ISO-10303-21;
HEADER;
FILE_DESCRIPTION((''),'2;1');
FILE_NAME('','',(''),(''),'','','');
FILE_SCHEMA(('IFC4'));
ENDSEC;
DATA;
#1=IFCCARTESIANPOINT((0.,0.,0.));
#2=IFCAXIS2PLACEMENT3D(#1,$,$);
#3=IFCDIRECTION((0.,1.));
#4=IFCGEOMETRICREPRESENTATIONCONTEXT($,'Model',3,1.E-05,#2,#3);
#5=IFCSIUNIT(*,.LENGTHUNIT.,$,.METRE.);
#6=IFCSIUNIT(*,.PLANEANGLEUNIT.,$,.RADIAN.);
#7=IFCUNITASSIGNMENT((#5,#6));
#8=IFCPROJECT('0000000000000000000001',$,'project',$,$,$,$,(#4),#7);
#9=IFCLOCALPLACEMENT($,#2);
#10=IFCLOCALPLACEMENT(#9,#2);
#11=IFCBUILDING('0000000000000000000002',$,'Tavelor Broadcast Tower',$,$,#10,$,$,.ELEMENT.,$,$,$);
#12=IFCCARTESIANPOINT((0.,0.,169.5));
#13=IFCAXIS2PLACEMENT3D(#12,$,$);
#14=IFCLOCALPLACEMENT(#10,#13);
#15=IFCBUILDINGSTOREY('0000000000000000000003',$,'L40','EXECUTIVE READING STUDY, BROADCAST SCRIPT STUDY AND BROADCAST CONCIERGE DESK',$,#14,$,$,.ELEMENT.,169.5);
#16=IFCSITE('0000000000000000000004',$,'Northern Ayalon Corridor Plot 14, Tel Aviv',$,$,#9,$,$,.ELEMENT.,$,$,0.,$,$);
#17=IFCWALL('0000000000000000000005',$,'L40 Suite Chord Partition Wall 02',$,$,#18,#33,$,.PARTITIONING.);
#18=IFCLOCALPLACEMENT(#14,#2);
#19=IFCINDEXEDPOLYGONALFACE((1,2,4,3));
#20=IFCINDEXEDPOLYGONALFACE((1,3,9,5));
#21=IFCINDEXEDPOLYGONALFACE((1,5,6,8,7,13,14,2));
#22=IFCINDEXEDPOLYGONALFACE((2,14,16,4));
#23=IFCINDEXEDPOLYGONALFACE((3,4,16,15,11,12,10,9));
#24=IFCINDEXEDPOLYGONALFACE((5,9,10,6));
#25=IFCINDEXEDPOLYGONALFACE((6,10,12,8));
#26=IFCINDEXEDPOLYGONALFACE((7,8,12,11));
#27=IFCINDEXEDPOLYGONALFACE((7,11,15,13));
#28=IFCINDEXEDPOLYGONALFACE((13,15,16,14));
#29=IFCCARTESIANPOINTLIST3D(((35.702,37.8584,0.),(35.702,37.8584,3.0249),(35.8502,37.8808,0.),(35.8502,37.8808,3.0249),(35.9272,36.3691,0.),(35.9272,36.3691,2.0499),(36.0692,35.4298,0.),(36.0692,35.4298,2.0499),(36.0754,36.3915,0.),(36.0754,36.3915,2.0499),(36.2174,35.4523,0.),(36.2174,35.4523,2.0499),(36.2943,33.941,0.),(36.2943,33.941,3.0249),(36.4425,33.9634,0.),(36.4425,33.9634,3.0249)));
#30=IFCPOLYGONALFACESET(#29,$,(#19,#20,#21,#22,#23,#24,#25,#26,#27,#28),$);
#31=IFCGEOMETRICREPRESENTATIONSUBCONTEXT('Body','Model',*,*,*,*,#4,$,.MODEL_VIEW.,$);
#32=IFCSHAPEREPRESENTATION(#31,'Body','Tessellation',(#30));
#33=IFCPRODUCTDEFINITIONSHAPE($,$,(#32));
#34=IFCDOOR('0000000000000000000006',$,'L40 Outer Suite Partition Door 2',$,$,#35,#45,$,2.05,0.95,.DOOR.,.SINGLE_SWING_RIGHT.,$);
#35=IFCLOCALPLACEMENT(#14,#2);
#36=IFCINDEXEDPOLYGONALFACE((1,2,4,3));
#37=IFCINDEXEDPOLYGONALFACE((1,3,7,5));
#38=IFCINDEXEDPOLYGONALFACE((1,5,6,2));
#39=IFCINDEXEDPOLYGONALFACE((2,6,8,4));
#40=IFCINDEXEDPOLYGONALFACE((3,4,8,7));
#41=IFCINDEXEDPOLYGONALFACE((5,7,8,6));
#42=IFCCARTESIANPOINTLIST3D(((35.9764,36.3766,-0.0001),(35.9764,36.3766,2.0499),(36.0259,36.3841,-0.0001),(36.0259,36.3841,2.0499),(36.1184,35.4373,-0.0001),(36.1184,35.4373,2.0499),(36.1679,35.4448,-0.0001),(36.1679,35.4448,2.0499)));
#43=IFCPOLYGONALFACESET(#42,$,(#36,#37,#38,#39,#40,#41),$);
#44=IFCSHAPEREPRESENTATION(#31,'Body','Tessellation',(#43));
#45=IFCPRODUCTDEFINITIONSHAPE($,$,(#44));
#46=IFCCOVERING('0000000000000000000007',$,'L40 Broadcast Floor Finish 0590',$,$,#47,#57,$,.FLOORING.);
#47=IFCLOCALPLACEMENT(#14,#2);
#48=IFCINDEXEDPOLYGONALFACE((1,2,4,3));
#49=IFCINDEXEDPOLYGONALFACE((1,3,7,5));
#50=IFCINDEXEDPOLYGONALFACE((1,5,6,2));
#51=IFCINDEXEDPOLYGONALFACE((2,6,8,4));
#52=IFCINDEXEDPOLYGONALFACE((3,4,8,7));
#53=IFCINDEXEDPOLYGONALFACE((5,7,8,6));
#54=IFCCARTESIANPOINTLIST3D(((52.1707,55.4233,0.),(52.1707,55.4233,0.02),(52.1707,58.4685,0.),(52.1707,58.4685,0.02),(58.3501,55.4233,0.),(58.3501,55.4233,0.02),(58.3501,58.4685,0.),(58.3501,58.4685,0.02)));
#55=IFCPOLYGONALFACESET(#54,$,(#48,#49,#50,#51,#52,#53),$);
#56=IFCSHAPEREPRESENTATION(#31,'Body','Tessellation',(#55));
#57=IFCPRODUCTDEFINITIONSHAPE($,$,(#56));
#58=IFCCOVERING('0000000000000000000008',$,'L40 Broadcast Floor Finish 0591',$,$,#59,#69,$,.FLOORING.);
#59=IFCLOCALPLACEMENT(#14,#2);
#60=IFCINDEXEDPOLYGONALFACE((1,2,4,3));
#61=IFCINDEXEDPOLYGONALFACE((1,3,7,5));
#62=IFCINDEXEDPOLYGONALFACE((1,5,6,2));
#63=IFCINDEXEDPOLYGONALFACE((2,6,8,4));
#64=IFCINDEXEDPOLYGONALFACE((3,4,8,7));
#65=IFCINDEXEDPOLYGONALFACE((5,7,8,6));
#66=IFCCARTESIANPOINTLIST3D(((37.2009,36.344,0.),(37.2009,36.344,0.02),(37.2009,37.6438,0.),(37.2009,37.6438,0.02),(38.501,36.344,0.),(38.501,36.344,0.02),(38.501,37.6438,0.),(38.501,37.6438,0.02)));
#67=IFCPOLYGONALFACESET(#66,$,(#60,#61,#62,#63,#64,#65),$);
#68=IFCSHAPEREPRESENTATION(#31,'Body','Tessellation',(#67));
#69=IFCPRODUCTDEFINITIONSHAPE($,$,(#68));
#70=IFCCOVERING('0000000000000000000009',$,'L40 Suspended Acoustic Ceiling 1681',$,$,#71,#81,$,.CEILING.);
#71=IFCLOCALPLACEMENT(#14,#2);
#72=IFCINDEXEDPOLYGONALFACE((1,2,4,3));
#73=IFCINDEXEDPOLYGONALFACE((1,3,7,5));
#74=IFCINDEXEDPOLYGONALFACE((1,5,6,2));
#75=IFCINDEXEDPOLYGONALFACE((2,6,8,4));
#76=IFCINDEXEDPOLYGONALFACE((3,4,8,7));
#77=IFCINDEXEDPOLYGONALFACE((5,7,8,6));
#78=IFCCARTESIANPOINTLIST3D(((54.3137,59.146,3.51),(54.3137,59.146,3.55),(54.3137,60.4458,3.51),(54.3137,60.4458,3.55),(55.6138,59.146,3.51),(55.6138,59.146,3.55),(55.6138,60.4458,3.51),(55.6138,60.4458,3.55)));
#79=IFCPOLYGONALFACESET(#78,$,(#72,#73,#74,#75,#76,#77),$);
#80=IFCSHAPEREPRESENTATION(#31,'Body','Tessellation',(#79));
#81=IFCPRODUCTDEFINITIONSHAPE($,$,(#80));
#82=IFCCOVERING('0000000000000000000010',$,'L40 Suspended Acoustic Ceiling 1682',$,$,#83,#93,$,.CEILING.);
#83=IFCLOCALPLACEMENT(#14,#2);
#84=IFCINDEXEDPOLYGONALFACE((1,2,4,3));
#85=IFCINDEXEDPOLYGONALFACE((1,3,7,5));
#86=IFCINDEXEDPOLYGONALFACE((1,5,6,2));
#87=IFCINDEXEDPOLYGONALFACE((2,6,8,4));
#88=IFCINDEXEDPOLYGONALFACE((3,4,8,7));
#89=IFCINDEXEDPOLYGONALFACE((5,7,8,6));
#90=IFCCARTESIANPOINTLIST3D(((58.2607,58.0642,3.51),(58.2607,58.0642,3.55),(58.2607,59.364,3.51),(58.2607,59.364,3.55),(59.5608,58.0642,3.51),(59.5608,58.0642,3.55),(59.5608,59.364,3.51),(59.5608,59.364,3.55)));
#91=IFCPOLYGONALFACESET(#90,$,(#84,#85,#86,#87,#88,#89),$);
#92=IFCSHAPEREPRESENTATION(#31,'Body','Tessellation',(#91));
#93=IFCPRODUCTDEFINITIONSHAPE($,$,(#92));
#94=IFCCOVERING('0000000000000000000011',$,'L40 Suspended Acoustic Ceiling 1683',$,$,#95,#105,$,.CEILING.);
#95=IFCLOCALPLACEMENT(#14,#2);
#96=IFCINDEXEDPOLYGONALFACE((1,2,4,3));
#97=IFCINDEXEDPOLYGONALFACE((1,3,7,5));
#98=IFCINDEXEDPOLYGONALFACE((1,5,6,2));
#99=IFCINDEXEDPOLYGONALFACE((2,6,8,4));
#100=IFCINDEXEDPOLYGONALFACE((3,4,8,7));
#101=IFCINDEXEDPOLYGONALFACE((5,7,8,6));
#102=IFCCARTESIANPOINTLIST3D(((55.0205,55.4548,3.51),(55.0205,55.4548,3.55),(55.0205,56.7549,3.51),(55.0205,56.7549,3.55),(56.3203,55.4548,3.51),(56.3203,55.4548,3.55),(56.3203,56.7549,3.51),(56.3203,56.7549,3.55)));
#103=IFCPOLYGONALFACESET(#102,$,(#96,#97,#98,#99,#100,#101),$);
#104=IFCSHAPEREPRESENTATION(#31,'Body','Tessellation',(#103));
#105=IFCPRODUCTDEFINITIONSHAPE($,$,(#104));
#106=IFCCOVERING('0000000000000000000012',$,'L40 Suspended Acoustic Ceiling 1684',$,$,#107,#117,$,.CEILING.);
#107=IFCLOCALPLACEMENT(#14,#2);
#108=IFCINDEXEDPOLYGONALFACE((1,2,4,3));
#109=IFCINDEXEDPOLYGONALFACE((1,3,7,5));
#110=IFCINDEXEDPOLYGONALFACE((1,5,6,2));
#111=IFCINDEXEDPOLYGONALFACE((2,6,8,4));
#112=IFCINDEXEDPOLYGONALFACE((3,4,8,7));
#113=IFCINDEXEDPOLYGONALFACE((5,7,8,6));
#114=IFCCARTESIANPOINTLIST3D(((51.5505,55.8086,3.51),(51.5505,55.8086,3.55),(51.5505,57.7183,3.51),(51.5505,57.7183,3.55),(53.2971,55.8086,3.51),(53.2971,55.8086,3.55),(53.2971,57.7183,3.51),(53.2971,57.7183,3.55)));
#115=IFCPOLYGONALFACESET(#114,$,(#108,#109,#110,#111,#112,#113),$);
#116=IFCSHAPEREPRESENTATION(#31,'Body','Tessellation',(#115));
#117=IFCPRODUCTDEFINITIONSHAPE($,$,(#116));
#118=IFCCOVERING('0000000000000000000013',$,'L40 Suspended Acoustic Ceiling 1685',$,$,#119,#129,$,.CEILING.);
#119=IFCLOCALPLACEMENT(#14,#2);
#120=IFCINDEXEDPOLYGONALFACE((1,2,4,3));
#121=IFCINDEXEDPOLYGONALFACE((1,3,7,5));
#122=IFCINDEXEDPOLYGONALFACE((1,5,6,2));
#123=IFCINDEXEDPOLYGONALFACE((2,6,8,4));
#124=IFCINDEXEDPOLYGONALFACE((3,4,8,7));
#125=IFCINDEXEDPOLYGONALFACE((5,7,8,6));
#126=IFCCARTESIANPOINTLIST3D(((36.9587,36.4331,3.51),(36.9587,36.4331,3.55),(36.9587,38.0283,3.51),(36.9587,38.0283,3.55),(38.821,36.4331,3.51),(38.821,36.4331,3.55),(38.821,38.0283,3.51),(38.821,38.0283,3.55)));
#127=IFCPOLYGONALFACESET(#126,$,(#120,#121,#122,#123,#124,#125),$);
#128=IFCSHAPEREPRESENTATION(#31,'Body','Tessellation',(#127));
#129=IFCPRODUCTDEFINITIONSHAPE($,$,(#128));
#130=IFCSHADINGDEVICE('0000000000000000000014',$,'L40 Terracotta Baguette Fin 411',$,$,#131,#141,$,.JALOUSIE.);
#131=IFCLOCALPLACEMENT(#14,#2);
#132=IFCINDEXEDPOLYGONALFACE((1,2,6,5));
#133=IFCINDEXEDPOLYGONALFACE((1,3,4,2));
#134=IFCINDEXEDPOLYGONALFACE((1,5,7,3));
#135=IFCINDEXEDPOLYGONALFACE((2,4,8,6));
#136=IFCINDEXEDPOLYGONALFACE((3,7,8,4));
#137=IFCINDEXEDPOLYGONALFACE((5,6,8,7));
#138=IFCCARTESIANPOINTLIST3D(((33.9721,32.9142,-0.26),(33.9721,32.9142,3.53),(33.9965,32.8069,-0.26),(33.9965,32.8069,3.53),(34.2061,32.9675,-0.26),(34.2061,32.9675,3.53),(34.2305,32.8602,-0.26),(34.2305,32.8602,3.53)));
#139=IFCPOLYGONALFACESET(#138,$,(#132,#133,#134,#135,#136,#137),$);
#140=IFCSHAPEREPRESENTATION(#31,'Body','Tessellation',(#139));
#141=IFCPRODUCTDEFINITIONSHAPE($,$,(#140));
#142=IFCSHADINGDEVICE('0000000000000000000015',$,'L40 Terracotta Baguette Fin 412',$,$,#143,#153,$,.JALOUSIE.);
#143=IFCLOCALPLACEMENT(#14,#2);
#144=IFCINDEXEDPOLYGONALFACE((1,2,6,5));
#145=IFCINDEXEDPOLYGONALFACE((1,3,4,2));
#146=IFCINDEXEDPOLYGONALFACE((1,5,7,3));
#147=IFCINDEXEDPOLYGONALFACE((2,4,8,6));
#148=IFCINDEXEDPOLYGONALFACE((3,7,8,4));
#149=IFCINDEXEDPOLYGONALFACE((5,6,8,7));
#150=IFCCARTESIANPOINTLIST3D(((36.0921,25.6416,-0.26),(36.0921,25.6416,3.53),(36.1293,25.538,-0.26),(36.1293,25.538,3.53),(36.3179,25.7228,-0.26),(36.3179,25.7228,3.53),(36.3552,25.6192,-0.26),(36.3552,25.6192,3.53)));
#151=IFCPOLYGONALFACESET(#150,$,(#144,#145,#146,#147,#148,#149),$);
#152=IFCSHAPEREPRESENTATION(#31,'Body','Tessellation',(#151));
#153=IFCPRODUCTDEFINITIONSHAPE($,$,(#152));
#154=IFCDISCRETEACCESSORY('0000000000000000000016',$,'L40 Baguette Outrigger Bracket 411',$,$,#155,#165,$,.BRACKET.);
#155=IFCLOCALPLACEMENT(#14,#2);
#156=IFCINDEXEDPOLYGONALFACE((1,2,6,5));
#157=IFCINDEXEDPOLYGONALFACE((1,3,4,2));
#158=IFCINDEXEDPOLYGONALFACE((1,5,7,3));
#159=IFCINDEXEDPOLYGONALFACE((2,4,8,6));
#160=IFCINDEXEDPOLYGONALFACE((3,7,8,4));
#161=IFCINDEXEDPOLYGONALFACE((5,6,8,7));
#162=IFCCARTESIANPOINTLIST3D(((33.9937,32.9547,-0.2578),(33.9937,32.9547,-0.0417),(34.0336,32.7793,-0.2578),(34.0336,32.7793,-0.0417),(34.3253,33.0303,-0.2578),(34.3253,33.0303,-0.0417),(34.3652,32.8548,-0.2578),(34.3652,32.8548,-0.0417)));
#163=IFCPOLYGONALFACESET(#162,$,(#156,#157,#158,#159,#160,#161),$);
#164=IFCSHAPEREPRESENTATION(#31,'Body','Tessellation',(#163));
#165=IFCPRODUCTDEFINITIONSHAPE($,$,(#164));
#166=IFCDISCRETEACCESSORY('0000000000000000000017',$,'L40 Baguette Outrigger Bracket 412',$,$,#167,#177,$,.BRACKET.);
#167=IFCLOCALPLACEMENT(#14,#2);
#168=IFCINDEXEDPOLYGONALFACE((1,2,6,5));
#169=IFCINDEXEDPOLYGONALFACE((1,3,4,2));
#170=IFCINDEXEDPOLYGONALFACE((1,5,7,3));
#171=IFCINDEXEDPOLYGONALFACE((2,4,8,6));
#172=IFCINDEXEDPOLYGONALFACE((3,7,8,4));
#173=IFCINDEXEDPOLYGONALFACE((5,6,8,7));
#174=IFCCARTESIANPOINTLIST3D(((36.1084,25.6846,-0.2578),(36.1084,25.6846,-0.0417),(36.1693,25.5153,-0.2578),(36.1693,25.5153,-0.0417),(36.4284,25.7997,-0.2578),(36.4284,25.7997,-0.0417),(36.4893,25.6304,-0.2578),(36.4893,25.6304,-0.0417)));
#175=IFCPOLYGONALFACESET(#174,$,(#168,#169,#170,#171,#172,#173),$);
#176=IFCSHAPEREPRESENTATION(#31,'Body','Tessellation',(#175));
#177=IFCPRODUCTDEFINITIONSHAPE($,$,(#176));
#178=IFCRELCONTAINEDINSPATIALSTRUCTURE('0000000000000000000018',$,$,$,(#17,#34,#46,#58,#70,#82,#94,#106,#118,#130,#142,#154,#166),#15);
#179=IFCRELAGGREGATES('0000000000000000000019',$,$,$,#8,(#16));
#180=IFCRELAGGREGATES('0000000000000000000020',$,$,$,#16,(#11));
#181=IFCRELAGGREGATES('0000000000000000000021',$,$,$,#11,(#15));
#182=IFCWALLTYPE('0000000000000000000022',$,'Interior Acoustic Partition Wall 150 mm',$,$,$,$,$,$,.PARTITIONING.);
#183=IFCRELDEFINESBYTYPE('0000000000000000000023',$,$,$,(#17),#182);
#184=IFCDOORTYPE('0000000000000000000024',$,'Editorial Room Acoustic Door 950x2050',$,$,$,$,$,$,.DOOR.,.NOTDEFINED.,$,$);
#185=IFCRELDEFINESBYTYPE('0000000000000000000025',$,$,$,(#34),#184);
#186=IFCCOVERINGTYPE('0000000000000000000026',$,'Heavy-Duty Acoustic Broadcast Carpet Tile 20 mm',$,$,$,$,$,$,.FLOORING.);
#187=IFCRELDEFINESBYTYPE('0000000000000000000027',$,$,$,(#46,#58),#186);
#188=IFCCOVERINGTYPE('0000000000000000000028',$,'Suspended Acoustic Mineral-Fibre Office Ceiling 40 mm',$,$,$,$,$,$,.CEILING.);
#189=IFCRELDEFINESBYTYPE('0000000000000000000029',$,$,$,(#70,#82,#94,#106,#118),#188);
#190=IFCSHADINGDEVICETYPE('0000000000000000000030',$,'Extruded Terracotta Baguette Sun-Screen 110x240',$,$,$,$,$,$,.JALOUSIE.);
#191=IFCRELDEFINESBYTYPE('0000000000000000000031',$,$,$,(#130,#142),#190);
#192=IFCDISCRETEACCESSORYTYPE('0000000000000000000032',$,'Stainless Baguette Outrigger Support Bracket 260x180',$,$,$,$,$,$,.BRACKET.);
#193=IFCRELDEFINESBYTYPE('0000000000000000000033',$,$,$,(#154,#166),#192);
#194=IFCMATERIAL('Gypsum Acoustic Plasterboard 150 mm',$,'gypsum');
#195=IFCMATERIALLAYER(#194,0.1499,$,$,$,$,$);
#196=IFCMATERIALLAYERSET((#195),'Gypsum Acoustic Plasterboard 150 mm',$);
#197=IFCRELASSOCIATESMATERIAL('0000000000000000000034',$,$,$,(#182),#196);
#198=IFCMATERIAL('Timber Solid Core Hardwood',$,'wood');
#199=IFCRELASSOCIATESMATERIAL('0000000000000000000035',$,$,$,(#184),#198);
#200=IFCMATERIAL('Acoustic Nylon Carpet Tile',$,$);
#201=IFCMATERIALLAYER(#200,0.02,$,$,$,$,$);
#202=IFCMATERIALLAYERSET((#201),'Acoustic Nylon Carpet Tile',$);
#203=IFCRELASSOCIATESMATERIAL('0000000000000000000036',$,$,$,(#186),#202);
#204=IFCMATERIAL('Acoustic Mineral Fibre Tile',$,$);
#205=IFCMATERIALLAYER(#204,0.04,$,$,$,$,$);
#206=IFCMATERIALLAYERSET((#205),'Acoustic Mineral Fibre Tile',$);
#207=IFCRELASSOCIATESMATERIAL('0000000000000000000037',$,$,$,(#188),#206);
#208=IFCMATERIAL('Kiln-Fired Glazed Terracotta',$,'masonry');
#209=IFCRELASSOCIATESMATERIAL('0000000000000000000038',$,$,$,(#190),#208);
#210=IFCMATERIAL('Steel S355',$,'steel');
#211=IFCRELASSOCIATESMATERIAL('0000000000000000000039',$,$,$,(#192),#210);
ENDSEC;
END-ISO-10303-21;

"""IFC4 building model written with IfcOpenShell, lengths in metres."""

from ifc_helpers import new_model, si_unit, direction, frame, frame_2d, origin, origin_2d, place, context, subcontext, project, spatial, polyline, rectangle, outline, extrude, source, transform, mapped, material, layer, layer_set, type_object, type_shapes, element, fill, save


model = new_model("IFC4")

# Units and contexts
model_context = context("Model", 3, precision=1e-05, world=origin(), true_north=direction((0.0, 1.0)))
body_context = subcontext(model_context, "Body", "Model", "MODEL_VIEW")
ifc_project = project(units=[si_unit("LENGTHUNIT", "METRE"), si_unit("PLANEANGLEUNIT", "RADIAN")], contexts=[model_context])

# Site, building, storey
site_placement = place(None, origin())
site = spatial("IfcSite", under=ifc_project, at=site_placement, Name="Northern Ayalon Corridor Plot 14, Tel Aviv", CompositionType="ELEMENT", RefElevation=0.0)
building_placement = place(site_placement, origin())
building = spatial("IfcBuilding", under=site, at=building_placement, Name="Tavelor Broadcast Tower", CompositionType="ELEMENT")
storey_placement = place(building_placement, frame((0.0, 0.0, 169.5)))
storey = spatial("IfcBuildingStorey", under=building, at=storey_placement, Name="L40", Description="EXECUTIVE READING STUDY, BROADCAST SCRIPT STUDY AND BROADCAST CONCIERGE DESK", CompositionType="ELEMENT", Elevation=169.5)

# Wall, opening, door
ifc_material_1 = material(Name="Gypsum Acoustic Plasterboard 150 mm", Category="gypsum")
ifc_layer_1 = layer(ifc_material_1, 0.1499)
ifc_layer_set_1 = layer_set([ifc_layer_1], Name="Gypsum Acoustic Plasterboard 150 mm")
wall_type = type_object("IfcWallType", Name="Interior Acoustic Partition Wall 150 mm", PredefinedType="PARTITIONING", material=ifc_layer_set_1)
wall_placement = place(storey_placement, frame((35.7761, 37.8696, 0.0), z_axis=(0.0, 0.0, 1.0), x_axis=(0.149491, -0.988763, 0.0)))
wall = element("IfcWall", 1, at=wall_placement, inside=storey, type_object=wall_type, Name="L40 Suite Chord Partition Wall 02", PredefinedType="PARTITIONING", context=body_context, shape_type="SweptSolid", body=[
    extrude(rectangle(XDim=3.9619, YDim=0.1499, at=frame_2d((1.981, 0.0))), origin(), (0.0, 0.0, 1.0), 3.0249),
])
opening_placement = place(wall_placement, frame((1.5061, 0.0, 0.0)))
opening = element("IfcOpeningElement", 2, at=opening_placement, cuts=wall, PredefinedType="OPENING", context=body_context, shape_type="SweptSolid", body=[
    extrude(rectangle(XDim=0.95, YDim=2.05, at=frame_2d((0.4751, 1.0249))), frame((0.0, 0.085, 0.0), z_axis=(0.0, -1.0, 0.0), x_axis=(1.0, 0.0, 0.0)), (0.0, 0.0, 1.0), 0.1699),
])
ifc_material_2 = material(Name="Timber Solid Core Hardwood", Category="wood")
door_type = type_object("IfcDoorType", Name="Editorial Room Acoustic Door 950x2050", OperationType="NOTDEFINED", PredefinedType="DOOR", material=ifc_material_2)
door_placement = place(opening_placement, origin())
door = element("IfcDoor", 3, at=door_placement, inside=storey, type_object=door_type, Name="L40 Outer Suite Partition Door 2", OperationType="SINGLE_SWING_RIGHT", OverallHeight=2.05, OverallWidth=0.95, PredefinedType="DOOR", context=body_context, shape_type="SweptSolid", body=[
    extrude(rectangle(XDim=0.95, YDim=2.05, at=frame_2d((0.4751, 1.0249))), frame((0.0, 0.0249, 0.0), z_axis=(0.0, -1.0, 0.0), x_axis=(1.0, 0.0, 0.0)), (0.0, 0.0, 1.0), 0.05),
])
fill(opening, door)

# Coverings
ifc_material_3 = material(Name="Acoustic Nylon Carpet Tile")
ifc_layer_2 = layer(ifc_material_3, 0.02)
ifc_layer_set_2 = layer_set([ifc_layer_2], Name="Acoustic Nylon Carpet Tile")
covering_type_1 = type_object("IfcCoveringType", Name="Heavy-Duty Acoustic Broadcast Carpet Tile 20 mm", PredefinedType="FLOORING", material=ifc_layer_set_2)
covering_1_placement = place(storey_placement, origin())
element("IfcCovering", 4, at=covering_1_placement, inside=storey, type_object=covering_type_1, Name="L40 Broadcast Floor Finish 0590", PredefinedType="FLOORING", context=body_context, shape_type="SweptSolid", body=[
    extrude(outline(polyline([(52.1707, 55.4233), (58.3501, 55.4233), (58.3501, 58.4685), (52.1707, 58.4685), (52.1707, 55.4233)])), origin(), (0.0, 0.0, 1.0), 0.02),
])
covering_2_placement = place(storey_placement, origin())
element("IfcCovering", 5, at=covering_2_placement, inside=storey, type_object=covering_type_1, Name="L40 Broadcast Floor Finish 0591", PredefinedType="FLOORING", context=body_context, shape_type="SweptSolid", body=[
    extrude(outline(polyline([(37.2009, 36.344), (38.501, 36.344), (38.501, 37.6438), (37.2009, 37.6438), (37.2009, 36.344)])), origin(), (0.0, 0.0, 1.0), 0.02),
])
ifc_material_4 = material(Name="Acoustic Mineral Fibre Tile")
ifc_layer_3 = layer(ifc_material_4, 0.04)
ifc_layer_set_3 = layer_set([ifc_layer_3], Name="Acoustic Mineral Fibre Tile")
covering_type_2 = type_object("IfcCoveringType", Name="Suspended Acoustic Mineral-Fibre Office Ceiling 40 mm", PredefinedType="CEILING", material=ifc_layer_set_3)
covering_3_placement = place(storey_placement, frame((0.0, 0.0, 3.51)))
element("IfcCovering", 6, at=covering_3_placement, inside=storey, type_object=covering_type_2, Name="L40 Suspended Acoustic Ceiling 1681", PredefinedType="CEILING", context=body_context, shape_type="SweptSolid", body=[
    extrude(outline(polyline([(54.3137, 59.146), (55.6138, 59.146), (55.6138, 60.4458), (54.3137, 60.4458), (54.3137, 59.146)])), origin(), (0.0, 0.0, 1.0), 0.04),
])
covering_4_placement = place(storey_placement, frame((0.0, 0.0, 3.51)))
element("IfcCovering", 7, at=covering_4_placement, inside=storey, type_object=covering_type_2, Name="L40 Suspended Acoustic Ceiling 1682", PredefinedType="CEILING", context=body_context, shape_type="SweptSolid", body=[
    extrude(outline(polyline([(58.2607, 58.0642), (59.5608, 58.0642), (59.5608, 59.364), (58.2607, 59.364), (58.2607, 58.0642)])), origin(), (0.0, 0.0, 1.0), 0.04),
])
covering_5_placement = place(storey_placement, frame((0.0, 0.0, 3.51)))
element("IfcCovering", 8, at=covering_5_placement, inside=storey, type_object=covering_type_2, Name="L40 Suspended Acoustic Ceiling 1683", PredefinedType="CEILING", context=body_context, shape_type="SweptSolid", body=[
    extrude(outline(polyline([(55.0205, 55.4548), (56.3203, 55.4548), (56.3203, 56.7549), (55.0205, 56.7549), (55.0205, 55.4548)])), origin(), (0.0, 0.0, 1.0), 0.04),
])
covering_6_placement = place(storey_placement, frame((0.0, 0.0, 3.51)))
element("IfcCovering", 9, at=covering_6_placement, inside=storey, type_object=covering_type_2, Name="L40 Suspended Acoustic Ceiling 1684", PredefinedType="CEILING", context=body_context, shape_type="SweptSolid", body=[
    extrude(outline(polyline([(51.5505, 55.8086), (53.2971, 55.8086), (53.2971, 57.7183), (51.5505, 57.7183), (51.5505, 55.8086)])), origin(), (0.0, 0.0, 1.0), 0.04),
])
covering_7_placement = place(storey_placement, frame((0.0, 0.0, 3.51)))
element("IfcCovering", 10, at=covering_7_placement, inside=storey, type_object=covering_type_2, Name="L40 Suspended Acoustic Ceiling 1685", PredefinedType="CEILING", context=body_context, shape_type="SweptSolid", body=[
    extrude(outline(polyline([(36.9587, 36.4331), (38.821, 36.4331), (38.821, 38.0283), (36.9587, 38.0283), (36.9587, 36.4331)])), origin(), (0.0, 0.0, 1.0), 0.04),
])

# Shading devices
ifc_material_5 = material(Name="Kiln-Fired Glazed Terracotta", Category="masonry")
shading_device_type = type_object("IfcShadingDeviceType", Name="Extruded Terracotta Baguette Sun-Screen 110x240", PredefinedType="JALOUSIE", material=ifc_material_5)
shared_shape_1 = source(origin(), body_context, "Body", "SweptSolid", [
    extrude(rectangle(XDim=0.1101, YDim=0.24, at=origin_2d()), origin(), (0.0, 0.0, 1.0), 3.79),
])
type_shapes(shading_device_type, [shared_shape_1])
for number, where, z_axis, x_axis, name in (
    (11, (34.1013, 32.8872, -0.26), (0.0, 0.0, 1.0), (0.222059, -0.975033, 0.0), "L40 Terracotta Baguette Fin 411"),
    (12, (36.2236, 25.6304, -0.26), (0.0, 0.0, 1.0), (0.338409, -0.940999, 0.0), "L40 Terracotta Baguette Fin 412"),
):
    element("IfcShadingDevice", number, at=place(storey_placement, frame(where, z_axis=z_axis, x_axis=x_axis)), inside=storey, type_object=shading_device_type, Name=name, PredefinedType="JALOUSIE", context=body_context, shape_type="MappedRepresentation", body=[
        mapped(shared_shape_1, transform((0.0, 0.0, 0.0), scale=1.0)),
    ])

# Discrete accessories
ifc_material_6 = material(Name="Steel S355", Category="steel")
discrete_accessory_type = type_object("IfcDiscreteAccessoryType", Name="Stainless Baguette Outrigger Support Bracket 260x180", PredefinedType="BRACKET", material=ifc_material_6)
shared_shape_2 = source(origin(), body_context, "Body", "SweptSolid", [
    extrude(rectangle(XDim=0.1799, YDim=0.3401, at=origin_2d()), origin(), (0.0, 0.0, 1.0), 0.2161),
])
type_shapes(discrete_accessory_type, [shared_shape_2])
for number, where, z_axis, x_axis, name in (
    (13, (34.1794, 32.9048, -0.2578), (0.0, 0.0, 1.0), (0.222059, -0.975033, 0.0), "L40 Baguette Outrigger Bracket 411"),
    (14, (36.2988, 25.6575, -0.2578), (0.0, 0.0, 1.0), (0.338409, -0.940999, 0.0), "L40 Baguette Outrigger Bracket 412"),
):
    element("IfcDiscreteAccessory", number, at=place(storey_placement, frame(where, z_axis=z_axis, x_axis=x_axis)), inside=storey, type_object=discrete_accessory_type, Name=name, PredefinedType="BRACKET", context=body_context, shape_type="MappedRepresentation", body=[
        mapped(shared_shape_2, transform((0.0, 0.0, 0.0), scale=1.0)),
    ])

save(model, "model.ifc")
